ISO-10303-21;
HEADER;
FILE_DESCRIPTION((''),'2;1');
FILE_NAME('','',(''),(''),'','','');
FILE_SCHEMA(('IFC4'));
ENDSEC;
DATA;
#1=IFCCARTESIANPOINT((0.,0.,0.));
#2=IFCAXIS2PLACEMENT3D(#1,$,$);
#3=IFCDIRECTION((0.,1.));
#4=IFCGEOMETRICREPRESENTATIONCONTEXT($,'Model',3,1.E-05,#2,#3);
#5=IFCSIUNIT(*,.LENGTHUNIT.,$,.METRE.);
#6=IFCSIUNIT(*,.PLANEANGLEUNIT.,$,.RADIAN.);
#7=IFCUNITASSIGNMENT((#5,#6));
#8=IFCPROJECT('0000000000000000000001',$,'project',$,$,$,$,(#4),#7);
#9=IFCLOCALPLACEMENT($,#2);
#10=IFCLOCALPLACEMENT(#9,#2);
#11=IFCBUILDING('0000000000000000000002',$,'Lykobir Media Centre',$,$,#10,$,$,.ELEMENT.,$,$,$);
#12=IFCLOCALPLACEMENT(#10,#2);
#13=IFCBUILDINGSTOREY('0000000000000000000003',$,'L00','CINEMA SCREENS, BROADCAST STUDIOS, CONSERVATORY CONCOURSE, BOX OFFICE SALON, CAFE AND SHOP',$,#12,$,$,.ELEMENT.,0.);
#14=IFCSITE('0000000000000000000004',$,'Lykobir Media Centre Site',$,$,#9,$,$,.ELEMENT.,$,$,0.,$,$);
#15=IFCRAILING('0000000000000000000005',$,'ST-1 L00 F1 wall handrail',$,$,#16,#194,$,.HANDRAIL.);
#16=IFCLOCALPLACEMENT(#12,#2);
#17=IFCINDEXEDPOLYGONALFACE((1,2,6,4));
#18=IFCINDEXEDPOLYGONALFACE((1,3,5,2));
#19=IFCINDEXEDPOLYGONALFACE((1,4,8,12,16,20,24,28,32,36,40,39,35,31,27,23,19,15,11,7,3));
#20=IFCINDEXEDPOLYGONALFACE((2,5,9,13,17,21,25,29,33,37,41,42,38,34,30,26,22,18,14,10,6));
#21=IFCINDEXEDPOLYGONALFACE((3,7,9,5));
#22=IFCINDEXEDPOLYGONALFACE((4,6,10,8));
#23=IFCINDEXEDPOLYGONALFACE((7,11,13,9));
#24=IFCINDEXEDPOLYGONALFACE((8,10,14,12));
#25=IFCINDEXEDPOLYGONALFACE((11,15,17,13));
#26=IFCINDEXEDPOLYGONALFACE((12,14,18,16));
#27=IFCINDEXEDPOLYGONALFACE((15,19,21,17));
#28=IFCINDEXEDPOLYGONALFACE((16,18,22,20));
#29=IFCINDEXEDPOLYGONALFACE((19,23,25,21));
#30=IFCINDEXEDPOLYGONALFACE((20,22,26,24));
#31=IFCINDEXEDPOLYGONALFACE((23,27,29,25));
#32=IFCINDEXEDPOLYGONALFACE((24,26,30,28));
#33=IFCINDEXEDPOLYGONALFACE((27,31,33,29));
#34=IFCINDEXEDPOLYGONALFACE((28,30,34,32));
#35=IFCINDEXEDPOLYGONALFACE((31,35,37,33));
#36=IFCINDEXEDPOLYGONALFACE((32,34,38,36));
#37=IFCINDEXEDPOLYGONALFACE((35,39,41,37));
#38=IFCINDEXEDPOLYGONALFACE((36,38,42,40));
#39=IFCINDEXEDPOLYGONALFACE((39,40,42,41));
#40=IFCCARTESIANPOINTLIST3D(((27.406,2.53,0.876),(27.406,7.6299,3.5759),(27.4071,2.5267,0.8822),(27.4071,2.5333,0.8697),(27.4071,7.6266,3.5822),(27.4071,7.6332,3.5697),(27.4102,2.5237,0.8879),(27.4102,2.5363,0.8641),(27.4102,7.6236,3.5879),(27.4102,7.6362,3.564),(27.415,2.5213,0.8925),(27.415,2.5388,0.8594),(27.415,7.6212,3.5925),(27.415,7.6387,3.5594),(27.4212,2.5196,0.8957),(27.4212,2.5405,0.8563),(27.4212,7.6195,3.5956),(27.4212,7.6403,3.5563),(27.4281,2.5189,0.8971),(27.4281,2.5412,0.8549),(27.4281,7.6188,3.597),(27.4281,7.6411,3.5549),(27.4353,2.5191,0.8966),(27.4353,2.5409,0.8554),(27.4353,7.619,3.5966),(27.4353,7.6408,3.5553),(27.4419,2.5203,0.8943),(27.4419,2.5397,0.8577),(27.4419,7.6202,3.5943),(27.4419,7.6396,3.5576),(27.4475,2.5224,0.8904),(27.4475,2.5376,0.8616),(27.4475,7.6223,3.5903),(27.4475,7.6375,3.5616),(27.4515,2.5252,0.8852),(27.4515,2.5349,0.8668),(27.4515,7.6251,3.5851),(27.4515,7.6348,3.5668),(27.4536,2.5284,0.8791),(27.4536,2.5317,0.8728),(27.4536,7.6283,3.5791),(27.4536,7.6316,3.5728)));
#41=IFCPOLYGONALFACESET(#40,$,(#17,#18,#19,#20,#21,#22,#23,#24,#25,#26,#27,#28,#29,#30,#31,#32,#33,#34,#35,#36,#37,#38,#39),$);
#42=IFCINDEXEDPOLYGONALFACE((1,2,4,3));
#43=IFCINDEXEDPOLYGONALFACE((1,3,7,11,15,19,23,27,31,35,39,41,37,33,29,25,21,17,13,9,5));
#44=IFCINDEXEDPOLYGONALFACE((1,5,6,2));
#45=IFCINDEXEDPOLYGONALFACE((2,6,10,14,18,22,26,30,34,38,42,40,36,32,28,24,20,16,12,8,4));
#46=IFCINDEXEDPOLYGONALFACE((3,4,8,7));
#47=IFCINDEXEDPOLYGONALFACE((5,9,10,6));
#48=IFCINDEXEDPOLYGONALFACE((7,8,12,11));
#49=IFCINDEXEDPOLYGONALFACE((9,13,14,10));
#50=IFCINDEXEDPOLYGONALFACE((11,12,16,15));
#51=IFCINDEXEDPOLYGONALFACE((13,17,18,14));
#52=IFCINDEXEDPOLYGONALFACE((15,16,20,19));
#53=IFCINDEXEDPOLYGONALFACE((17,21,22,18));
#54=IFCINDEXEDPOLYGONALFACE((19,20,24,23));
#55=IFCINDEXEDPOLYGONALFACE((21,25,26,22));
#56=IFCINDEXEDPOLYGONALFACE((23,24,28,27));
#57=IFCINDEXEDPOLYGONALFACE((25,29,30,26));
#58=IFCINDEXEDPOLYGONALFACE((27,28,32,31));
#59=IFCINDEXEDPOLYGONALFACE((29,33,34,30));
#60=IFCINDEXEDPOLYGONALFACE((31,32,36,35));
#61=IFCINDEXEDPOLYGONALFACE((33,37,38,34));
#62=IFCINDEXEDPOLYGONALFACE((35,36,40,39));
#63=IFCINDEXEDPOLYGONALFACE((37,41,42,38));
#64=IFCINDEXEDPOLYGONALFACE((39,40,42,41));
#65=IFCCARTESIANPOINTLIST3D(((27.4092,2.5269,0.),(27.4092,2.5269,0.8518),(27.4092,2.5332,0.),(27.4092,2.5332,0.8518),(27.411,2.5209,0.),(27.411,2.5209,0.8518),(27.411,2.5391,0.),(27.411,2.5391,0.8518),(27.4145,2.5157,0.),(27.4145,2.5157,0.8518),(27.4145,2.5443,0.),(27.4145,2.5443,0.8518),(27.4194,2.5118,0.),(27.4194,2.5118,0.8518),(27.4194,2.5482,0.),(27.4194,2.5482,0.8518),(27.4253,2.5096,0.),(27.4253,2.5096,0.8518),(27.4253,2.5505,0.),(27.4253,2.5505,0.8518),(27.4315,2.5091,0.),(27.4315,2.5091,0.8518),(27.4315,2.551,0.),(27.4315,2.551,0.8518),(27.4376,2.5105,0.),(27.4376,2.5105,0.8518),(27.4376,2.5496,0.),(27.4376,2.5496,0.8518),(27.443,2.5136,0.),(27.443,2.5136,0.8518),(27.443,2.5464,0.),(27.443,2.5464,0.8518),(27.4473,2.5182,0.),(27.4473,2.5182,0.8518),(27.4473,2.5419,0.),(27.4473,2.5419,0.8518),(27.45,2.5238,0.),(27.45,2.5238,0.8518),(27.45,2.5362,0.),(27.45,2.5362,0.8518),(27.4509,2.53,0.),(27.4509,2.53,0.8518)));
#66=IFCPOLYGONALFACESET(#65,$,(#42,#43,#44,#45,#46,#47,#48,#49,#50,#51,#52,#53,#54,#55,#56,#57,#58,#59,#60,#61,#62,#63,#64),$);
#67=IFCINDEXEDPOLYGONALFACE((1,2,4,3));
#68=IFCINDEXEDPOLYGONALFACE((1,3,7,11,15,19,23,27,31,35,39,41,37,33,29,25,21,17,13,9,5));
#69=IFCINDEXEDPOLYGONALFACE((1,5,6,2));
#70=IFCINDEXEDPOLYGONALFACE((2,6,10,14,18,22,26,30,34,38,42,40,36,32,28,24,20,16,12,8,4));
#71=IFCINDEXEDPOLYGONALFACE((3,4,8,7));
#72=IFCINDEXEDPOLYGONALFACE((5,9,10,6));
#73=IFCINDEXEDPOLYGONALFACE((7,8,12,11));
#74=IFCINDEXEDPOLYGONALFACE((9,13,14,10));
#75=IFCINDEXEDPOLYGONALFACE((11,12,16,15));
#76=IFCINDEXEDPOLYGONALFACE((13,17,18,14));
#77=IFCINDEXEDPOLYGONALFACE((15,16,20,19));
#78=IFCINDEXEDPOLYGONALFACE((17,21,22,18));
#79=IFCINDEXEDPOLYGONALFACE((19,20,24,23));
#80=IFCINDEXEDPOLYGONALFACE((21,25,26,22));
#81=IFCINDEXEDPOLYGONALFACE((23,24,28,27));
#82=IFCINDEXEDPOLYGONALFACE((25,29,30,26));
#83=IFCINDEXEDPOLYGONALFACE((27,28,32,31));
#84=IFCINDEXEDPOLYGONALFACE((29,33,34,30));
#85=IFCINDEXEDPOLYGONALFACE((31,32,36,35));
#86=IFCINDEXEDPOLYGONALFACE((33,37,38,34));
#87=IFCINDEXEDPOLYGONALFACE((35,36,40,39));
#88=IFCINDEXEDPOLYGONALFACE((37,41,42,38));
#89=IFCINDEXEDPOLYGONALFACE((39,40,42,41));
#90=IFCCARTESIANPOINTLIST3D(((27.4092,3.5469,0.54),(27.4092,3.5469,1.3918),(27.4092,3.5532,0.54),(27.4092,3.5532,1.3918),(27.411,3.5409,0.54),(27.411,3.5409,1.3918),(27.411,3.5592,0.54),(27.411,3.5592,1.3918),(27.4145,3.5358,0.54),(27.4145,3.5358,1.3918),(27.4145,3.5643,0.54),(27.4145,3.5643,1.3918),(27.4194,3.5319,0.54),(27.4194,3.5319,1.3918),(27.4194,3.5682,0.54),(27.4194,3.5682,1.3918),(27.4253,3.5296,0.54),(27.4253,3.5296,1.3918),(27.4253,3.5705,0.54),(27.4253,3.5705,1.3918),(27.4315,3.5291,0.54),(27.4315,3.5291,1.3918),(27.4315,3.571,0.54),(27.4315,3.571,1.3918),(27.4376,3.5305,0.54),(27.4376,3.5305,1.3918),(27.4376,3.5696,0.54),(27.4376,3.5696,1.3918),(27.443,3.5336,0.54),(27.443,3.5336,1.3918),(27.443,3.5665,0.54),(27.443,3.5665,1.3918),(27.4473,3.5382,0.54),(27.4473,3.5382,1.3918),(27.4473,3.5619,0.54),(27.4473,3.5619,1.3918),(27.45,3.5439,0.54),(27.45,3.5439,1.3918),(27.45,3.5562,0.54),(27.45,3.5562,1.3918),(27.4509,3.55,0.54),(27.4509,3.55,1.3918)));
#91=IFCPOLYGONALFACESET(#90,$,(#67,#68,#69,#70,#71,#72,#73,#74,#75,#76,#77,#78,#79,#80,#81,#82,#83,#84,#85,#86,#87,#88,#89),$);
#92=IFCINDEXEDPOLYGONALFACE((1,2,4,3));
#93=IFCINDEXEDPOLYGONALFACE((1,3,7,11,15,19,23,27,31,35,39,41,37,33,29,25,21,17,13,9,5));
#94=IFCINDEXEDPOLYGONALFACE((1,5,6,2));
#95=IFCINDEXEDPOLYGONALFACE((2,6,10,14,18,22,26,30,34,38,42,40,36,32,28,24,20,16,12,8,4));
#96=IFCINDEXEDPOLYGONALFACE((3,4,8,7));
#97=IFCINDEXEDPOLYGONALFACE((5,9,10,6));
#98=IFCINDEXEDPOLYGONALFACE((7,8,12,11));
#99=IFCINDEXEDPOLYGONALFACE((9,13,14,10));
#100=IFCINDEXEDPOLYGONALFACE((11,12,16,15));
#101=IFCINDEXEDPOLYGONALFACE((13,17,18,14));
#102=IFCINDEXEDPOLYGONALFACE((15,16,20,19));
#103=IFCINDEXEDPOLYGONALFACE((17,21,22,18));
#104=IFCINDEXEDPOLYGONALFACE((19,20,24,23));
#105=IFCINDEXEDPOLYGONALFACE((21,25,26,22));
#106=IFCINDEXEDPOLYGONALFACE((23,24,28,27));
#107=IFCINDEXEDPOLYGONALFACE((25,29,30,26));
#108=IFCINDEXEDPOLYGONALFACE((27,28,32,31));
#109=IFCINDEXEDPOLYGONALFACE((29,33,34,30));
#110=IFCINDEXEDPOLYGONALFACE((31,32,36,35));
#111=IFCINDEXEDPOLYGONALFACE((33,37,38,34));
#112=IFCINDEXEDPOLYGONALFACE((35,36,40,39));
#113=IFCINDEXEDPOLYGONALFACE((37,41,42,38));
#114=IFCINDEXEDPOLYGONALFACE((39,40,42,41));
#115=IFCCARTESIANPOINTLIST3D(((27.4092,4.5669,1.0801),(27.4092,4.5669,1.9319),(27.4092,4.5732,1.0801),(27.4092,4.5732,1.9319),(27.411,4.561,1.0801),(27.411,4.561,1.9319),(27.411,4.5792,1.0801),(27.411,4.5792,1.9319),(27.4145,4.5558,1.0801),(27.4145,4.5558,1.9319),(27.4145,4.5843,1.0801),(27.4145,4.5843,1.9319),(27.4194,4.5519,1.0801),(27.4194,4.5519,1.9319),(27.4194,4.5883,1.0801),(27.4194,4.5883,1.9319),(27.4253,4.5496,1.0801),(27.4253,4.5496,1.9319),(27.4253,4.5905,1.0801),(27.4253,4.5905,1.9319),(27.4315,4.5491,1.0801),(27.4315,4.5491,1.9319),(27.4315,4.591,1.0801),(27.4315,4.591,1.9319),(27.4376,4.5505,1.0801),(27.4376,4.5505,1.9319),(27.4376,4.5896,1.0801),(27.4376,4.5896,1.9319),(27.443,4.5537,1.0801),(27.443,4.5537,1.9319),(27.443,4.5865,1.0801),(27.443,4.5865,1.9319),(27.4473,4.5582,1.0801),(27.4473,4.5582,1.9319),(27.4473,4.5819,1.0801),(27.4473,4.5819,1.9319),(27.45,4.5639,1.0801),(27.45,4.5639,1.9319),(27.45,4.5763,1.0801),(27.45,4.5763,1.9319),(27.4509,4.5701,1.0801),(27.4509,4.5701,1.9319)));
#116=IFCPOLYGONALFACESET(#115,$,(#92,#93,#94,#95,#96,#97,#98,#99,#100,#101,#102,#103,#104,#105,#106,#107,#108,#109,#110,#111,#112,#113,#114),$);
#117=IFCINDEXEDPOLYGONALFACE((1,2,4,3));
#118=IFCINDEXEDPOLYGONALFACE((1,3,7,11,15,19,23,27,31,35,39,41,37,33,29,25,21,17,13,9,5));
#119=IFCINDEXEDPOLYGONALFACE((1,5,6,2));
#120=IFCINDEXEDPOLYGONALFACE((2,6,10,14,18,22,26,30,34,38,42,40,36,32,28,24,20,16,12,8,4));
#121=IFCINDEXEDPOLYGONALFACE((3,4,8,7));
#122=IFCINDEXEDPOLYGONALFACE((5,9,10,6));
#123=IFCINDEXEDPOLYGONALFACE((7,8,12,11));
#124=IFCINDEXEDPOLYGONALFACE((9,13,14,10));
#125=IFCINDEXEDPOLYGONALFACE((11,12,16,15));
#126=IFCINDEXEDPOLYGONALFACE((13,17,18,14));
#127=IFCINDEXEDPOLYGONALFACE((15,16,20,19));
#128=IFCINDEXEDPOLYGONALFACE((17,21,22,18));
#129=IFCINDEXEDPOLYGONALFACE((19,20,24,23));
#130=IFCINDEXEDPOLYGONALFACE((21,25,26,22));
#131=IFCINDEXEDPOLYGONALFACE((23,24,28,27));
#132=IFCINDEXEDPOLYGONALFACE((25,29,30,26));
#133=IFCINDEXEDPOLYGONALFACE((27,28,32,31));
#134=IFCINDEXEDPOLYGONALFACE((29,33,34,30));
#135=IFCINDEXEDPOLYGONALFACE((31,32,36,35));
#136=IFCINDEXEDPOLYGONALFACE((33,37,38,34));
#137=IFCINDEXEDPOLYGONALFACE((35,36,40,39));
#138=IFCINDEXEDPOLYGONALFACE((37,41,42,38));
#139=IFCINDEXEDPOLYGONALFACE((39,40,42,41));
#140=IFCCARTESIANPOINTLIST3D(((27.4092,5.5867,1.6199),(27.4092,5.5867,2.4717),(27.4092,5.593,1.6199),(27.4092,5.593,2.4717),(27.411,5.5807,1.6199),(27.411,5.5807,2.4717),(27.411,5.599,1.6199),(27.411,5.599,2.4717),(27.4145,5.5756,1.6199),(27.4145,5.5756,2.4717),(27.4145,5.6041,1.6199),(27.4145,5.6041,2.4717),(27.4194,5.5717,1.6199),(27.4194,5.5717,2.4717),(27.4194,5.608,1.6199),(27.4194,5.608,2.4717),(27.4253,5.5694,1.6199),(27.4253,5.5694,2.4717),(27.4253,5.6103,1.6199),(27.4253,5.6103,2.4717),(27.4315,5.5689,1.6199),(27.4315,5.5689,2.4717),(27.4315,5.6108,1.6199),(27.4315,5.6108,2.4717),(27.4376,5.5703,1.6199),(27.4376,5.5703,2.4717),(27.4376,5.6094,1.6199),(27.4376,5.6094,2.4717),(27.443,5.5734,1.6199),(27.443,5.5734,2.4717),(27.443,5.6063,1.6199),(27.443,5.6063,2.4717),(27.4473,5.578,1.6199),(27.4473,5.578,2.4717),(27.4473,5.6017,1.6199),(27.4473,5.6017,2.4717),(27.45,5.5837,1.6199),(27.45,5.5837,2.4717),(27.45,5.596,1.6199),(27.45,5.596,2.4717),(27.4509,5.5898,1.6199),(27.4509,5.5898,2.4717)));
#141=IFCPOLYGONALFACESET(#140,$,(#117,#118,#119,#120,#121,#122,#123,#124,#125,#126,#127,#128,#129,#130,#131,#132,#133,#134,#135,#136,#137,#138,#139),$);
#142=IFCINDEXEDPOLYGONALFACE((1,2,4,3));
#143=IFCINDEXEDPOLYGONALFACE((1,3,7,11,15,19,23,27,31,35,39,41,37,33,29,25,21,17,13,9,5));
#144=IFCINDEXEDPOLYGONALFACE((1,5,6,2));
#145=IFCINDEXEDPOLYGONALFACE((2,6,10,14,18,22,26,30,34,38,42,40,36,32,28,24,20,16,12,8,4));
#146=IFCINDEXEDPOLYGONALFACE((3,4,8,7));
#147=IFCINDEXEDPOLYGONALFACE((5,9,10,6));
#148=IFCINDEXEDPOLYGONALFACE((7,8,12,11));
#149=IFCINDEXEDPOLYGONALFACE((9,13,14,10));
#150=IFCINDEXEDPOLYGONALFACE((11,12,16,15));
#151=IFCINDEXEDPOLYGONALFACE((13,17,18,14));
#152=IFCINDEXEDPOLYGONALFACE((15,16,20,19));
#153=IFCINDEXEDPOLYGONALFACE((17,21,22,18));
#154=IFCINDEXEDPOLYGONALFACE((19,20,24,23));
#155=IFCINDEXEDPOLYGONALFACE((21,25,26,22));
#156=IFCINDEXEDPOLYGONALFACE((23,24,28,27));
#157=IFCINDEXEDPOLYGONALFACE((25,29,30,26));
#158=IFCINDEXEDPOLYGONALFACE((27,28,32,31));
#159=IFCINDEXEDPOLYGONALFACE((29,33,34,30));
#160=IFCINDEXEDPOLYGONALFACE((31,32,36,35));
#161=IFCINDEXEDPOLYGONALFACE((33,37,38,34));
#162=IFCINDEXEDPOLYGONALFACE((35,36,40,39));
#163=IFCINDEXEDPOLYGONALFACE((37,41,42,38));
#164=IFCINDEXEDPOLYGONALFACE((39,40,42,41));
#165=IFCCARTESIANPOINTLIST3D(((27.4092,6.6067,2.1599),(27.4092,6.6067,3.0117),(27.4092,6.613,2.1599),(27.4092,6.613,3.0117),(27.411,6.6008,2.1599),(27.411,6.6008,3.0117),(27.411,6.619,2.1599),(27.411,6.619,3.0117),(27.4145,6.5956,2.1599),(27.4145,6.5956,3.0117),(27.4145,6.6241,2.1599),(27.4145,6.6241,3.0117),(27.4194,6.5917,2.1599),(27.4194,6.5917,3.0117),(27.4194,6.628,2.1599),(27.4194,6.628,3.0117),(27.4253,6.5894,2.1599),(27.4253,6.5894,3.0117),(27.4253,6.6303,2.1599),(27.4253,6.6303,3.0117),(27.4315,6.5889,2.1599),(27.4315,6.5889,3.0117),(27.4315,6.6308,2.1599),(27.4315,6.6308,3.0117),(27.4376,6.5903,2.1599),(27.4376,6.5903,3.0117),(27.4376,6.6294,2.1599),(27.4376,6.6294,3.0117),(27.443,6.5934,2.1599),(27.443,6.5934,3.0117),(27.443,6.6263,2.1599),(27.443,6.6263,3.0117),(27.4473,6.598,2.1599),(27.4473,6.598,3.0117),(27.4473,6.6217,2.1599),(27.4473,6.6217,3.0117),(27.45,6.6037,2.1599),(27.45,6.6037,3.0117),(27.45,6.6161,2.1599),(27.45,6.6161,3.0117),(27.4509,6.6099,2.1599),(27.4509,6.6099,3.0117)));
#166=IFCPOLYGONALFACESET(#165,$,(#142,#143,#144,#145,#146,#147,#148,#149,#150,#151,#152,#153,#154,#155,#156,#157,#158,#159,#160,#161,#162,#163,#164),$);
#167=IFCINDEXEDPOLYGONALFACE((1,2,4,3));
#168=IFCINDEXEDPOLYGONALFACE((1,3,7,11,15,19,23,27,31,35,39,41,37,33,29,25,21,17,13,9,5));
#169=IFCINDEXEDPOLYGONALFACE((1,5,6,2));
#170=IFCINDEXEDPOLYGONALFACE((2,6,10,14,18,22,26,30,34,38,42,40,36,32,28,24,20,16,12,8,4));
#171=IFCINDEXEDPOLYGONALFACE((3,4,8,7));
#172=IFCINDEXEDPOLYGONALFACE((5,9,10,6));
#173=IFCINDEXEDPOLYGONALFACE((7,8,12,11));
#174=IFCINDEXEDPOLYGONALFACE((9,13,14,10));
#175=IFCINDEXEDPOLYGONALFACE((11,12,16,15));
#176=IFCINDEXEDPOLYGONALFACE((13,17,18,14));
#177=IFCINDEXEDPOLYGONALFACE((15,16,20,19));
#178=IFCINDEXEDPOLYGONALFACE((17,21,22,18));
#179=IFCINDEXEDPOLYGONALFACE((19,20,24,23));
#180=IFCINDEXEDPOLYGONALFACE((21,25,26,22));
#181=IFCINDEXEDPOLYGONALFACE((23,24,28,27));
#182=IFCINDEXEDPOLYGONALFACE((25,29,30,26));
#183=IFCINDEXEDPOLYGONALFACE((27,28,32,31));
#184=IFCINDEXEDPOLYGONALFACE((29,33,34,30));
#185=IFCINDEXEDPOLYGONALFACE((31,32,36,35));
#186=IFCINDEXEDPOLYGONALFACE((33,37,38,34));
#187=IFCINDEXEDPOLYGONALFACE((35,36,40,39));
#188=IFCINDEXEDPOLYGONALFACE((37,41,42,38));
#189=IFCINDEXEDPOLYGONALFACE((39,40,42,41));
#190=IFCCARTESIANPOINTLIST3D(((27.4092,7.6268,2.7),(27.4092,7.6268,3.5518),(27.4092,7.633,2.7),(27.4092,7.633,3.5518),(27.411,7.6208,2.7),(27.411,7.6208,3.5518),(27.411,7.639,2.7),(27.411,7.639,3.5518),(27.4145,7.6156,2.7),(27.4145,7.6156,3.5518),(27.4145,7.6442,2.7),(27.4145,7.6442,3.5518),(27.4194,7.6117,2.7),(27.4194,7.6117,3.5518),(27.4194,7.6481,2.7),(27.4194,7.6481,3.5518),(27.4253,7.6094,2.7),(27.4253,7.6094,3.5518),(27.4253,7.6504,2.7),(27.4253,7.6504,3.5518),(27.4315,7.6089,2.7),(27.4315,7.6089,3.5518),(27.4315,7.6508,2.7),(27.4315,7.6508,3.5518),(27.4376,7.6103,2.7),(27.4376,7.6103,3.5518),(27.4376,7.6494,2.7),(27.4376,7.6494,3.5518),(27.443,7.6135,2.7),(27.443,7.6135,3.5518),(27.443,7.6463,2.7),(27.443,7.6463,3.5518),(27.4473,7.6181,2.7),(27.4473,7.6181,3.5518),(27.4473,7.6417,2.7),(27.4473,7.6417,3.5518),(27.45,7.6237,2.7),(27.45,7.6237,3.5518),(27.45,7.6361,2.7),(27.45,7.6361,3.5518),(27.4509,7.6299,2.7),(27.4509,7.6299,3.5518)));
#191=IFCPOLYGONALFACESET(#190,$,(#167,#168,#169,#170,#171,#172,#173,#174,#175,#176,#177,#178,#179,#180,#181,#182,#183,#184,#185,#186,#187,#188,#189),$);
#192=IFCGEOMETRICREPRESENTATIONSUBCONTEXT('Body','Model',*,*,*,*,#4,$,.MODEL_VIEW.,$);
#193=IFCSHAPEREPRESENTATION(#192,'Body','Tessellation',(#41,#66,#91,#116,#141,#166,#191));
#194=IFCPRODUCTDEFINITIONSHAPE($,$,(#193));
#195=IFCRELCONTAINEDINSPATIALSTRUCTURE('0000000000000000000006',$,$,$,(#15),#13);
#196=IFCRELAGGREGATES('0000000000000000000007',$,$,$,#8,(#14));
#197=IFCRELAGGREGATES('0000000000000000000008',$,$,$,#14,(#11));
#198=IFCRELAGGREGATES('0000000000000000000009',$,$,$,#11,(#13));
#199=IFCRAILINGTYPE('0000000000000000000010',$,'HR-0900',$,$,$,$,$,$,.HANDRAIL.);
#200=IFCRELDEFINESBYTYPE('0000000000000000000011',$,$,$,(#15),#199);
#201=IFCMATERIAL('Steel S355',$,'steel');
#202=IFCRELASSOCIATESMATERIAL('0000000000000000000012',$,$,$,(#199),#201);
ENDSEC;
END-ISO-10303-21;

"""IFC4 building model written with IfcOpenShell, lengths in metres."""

from ifc_helpers import new_model, si_unit, direction, frame, origin, origin_2d, place, context, subcontext, project, spatial, circle, extrude, material, type_object, element, save


model = new_model("IFC4")

# Units and contexts
model_context = context("Model", 3, precision=1e-05, world=origin(), true_north=direction((0.0, 1.0)))
body_context = subcontext(model_context, "Body", "Model", "MODEL_VIEW")
ifc_project = project(units=[si_unit("LENGTHUNIT", "METRE"), si_unit("PLANEANGLEUNIT", "RADIAN")], contexts=[model_context])

# Site, building, storey
site_placement = place(None, origin())
site = spatial("IfcSite", under=ifc_project, at=site_placement, Name="Lykobir Media Centre Site", CompositionType="ELEMENT", RefElevation=0.0)
building_placement = place(site_placement, origin())
building = spatial("IfcBuilding", under=site, at=building_placement, Name="Lykobir Media Centre", CompositionType="ELEMENT")
storey_placement = place(building_placement, origin())
storey = spatial("IfcBuildingStorey", under=building, at=storey_placement, Name="L00", Description="CINEMA SCREENS, BROADCAST STUDIOS, CONSERVATORY CONCOURSE, BOX OFFICE SALON, CAFE AND SHOP", CompositionType="ELEMENT", Elevation=0.0)

# Shared definitions
ifc_material_1 = material(Name="Steel S355", Category="steel")

# Railing
railing_type_1 = type_object("IfcRailingType", Name="HR-0900", PredefinedType="HANDRAIL", material=ifc_material_1)
railing_1_placement = place(storey_placement, frame((27.4299, 2.53, 0.0)))
element("IfcRailing", 1, at=railing_1_placement, inside=storey, type_object=railing_type_1, Name="ST-1 L00 F1 wall handrail", PredefinedType="HANDRAIL", context=body_context, shape_type="SweptSolid", body=[
    extrude(circle(Radius=0.0239, at=origin_2d()), frame((0.0, 0.0, 0.876), z_axis=(0.0, 0.883786, 0.467892), x_axis=(-1.0, 0.0, 0.0)), (0.0, 0.0, 1.0), 5.7705),
    extrude(circle(Radius=0.021, at=origin_2d()), origin(), (0.0, 0.0, 1.0), 0.8518),
    extrude(circle(Radius=0.021, at=origin_2d()), frame((0.0, 1.02, 0.54)), (0.0, 0.0, 1.0), 0.8518),
    extrude(circle(Radius=0.021, at=origin_2d()), frame((0.0, 2.04, 1.0801)), (0.0, 0.0, 1.0), 0.8518),
    extrude(circle(Radius=0.021, at=origin_2d()), frame((0.0, 3.0598, 1.6199)), (0.0, 0.0, 1.0), 0.8518),
    extrude(circle(Radius=0.021, at=origin_2d()), frame((0.0, 4.0798, 2.1599)), (0.0, 0.0, 1.0), 0.8518),
    extrude(circle(Radius=0.021, at=origin_2d()), frame((0.0, 5.0999, 2.7)), (0.0, 0.0, 1.0), 0.8518),
])

save(model, "model.ifc")
